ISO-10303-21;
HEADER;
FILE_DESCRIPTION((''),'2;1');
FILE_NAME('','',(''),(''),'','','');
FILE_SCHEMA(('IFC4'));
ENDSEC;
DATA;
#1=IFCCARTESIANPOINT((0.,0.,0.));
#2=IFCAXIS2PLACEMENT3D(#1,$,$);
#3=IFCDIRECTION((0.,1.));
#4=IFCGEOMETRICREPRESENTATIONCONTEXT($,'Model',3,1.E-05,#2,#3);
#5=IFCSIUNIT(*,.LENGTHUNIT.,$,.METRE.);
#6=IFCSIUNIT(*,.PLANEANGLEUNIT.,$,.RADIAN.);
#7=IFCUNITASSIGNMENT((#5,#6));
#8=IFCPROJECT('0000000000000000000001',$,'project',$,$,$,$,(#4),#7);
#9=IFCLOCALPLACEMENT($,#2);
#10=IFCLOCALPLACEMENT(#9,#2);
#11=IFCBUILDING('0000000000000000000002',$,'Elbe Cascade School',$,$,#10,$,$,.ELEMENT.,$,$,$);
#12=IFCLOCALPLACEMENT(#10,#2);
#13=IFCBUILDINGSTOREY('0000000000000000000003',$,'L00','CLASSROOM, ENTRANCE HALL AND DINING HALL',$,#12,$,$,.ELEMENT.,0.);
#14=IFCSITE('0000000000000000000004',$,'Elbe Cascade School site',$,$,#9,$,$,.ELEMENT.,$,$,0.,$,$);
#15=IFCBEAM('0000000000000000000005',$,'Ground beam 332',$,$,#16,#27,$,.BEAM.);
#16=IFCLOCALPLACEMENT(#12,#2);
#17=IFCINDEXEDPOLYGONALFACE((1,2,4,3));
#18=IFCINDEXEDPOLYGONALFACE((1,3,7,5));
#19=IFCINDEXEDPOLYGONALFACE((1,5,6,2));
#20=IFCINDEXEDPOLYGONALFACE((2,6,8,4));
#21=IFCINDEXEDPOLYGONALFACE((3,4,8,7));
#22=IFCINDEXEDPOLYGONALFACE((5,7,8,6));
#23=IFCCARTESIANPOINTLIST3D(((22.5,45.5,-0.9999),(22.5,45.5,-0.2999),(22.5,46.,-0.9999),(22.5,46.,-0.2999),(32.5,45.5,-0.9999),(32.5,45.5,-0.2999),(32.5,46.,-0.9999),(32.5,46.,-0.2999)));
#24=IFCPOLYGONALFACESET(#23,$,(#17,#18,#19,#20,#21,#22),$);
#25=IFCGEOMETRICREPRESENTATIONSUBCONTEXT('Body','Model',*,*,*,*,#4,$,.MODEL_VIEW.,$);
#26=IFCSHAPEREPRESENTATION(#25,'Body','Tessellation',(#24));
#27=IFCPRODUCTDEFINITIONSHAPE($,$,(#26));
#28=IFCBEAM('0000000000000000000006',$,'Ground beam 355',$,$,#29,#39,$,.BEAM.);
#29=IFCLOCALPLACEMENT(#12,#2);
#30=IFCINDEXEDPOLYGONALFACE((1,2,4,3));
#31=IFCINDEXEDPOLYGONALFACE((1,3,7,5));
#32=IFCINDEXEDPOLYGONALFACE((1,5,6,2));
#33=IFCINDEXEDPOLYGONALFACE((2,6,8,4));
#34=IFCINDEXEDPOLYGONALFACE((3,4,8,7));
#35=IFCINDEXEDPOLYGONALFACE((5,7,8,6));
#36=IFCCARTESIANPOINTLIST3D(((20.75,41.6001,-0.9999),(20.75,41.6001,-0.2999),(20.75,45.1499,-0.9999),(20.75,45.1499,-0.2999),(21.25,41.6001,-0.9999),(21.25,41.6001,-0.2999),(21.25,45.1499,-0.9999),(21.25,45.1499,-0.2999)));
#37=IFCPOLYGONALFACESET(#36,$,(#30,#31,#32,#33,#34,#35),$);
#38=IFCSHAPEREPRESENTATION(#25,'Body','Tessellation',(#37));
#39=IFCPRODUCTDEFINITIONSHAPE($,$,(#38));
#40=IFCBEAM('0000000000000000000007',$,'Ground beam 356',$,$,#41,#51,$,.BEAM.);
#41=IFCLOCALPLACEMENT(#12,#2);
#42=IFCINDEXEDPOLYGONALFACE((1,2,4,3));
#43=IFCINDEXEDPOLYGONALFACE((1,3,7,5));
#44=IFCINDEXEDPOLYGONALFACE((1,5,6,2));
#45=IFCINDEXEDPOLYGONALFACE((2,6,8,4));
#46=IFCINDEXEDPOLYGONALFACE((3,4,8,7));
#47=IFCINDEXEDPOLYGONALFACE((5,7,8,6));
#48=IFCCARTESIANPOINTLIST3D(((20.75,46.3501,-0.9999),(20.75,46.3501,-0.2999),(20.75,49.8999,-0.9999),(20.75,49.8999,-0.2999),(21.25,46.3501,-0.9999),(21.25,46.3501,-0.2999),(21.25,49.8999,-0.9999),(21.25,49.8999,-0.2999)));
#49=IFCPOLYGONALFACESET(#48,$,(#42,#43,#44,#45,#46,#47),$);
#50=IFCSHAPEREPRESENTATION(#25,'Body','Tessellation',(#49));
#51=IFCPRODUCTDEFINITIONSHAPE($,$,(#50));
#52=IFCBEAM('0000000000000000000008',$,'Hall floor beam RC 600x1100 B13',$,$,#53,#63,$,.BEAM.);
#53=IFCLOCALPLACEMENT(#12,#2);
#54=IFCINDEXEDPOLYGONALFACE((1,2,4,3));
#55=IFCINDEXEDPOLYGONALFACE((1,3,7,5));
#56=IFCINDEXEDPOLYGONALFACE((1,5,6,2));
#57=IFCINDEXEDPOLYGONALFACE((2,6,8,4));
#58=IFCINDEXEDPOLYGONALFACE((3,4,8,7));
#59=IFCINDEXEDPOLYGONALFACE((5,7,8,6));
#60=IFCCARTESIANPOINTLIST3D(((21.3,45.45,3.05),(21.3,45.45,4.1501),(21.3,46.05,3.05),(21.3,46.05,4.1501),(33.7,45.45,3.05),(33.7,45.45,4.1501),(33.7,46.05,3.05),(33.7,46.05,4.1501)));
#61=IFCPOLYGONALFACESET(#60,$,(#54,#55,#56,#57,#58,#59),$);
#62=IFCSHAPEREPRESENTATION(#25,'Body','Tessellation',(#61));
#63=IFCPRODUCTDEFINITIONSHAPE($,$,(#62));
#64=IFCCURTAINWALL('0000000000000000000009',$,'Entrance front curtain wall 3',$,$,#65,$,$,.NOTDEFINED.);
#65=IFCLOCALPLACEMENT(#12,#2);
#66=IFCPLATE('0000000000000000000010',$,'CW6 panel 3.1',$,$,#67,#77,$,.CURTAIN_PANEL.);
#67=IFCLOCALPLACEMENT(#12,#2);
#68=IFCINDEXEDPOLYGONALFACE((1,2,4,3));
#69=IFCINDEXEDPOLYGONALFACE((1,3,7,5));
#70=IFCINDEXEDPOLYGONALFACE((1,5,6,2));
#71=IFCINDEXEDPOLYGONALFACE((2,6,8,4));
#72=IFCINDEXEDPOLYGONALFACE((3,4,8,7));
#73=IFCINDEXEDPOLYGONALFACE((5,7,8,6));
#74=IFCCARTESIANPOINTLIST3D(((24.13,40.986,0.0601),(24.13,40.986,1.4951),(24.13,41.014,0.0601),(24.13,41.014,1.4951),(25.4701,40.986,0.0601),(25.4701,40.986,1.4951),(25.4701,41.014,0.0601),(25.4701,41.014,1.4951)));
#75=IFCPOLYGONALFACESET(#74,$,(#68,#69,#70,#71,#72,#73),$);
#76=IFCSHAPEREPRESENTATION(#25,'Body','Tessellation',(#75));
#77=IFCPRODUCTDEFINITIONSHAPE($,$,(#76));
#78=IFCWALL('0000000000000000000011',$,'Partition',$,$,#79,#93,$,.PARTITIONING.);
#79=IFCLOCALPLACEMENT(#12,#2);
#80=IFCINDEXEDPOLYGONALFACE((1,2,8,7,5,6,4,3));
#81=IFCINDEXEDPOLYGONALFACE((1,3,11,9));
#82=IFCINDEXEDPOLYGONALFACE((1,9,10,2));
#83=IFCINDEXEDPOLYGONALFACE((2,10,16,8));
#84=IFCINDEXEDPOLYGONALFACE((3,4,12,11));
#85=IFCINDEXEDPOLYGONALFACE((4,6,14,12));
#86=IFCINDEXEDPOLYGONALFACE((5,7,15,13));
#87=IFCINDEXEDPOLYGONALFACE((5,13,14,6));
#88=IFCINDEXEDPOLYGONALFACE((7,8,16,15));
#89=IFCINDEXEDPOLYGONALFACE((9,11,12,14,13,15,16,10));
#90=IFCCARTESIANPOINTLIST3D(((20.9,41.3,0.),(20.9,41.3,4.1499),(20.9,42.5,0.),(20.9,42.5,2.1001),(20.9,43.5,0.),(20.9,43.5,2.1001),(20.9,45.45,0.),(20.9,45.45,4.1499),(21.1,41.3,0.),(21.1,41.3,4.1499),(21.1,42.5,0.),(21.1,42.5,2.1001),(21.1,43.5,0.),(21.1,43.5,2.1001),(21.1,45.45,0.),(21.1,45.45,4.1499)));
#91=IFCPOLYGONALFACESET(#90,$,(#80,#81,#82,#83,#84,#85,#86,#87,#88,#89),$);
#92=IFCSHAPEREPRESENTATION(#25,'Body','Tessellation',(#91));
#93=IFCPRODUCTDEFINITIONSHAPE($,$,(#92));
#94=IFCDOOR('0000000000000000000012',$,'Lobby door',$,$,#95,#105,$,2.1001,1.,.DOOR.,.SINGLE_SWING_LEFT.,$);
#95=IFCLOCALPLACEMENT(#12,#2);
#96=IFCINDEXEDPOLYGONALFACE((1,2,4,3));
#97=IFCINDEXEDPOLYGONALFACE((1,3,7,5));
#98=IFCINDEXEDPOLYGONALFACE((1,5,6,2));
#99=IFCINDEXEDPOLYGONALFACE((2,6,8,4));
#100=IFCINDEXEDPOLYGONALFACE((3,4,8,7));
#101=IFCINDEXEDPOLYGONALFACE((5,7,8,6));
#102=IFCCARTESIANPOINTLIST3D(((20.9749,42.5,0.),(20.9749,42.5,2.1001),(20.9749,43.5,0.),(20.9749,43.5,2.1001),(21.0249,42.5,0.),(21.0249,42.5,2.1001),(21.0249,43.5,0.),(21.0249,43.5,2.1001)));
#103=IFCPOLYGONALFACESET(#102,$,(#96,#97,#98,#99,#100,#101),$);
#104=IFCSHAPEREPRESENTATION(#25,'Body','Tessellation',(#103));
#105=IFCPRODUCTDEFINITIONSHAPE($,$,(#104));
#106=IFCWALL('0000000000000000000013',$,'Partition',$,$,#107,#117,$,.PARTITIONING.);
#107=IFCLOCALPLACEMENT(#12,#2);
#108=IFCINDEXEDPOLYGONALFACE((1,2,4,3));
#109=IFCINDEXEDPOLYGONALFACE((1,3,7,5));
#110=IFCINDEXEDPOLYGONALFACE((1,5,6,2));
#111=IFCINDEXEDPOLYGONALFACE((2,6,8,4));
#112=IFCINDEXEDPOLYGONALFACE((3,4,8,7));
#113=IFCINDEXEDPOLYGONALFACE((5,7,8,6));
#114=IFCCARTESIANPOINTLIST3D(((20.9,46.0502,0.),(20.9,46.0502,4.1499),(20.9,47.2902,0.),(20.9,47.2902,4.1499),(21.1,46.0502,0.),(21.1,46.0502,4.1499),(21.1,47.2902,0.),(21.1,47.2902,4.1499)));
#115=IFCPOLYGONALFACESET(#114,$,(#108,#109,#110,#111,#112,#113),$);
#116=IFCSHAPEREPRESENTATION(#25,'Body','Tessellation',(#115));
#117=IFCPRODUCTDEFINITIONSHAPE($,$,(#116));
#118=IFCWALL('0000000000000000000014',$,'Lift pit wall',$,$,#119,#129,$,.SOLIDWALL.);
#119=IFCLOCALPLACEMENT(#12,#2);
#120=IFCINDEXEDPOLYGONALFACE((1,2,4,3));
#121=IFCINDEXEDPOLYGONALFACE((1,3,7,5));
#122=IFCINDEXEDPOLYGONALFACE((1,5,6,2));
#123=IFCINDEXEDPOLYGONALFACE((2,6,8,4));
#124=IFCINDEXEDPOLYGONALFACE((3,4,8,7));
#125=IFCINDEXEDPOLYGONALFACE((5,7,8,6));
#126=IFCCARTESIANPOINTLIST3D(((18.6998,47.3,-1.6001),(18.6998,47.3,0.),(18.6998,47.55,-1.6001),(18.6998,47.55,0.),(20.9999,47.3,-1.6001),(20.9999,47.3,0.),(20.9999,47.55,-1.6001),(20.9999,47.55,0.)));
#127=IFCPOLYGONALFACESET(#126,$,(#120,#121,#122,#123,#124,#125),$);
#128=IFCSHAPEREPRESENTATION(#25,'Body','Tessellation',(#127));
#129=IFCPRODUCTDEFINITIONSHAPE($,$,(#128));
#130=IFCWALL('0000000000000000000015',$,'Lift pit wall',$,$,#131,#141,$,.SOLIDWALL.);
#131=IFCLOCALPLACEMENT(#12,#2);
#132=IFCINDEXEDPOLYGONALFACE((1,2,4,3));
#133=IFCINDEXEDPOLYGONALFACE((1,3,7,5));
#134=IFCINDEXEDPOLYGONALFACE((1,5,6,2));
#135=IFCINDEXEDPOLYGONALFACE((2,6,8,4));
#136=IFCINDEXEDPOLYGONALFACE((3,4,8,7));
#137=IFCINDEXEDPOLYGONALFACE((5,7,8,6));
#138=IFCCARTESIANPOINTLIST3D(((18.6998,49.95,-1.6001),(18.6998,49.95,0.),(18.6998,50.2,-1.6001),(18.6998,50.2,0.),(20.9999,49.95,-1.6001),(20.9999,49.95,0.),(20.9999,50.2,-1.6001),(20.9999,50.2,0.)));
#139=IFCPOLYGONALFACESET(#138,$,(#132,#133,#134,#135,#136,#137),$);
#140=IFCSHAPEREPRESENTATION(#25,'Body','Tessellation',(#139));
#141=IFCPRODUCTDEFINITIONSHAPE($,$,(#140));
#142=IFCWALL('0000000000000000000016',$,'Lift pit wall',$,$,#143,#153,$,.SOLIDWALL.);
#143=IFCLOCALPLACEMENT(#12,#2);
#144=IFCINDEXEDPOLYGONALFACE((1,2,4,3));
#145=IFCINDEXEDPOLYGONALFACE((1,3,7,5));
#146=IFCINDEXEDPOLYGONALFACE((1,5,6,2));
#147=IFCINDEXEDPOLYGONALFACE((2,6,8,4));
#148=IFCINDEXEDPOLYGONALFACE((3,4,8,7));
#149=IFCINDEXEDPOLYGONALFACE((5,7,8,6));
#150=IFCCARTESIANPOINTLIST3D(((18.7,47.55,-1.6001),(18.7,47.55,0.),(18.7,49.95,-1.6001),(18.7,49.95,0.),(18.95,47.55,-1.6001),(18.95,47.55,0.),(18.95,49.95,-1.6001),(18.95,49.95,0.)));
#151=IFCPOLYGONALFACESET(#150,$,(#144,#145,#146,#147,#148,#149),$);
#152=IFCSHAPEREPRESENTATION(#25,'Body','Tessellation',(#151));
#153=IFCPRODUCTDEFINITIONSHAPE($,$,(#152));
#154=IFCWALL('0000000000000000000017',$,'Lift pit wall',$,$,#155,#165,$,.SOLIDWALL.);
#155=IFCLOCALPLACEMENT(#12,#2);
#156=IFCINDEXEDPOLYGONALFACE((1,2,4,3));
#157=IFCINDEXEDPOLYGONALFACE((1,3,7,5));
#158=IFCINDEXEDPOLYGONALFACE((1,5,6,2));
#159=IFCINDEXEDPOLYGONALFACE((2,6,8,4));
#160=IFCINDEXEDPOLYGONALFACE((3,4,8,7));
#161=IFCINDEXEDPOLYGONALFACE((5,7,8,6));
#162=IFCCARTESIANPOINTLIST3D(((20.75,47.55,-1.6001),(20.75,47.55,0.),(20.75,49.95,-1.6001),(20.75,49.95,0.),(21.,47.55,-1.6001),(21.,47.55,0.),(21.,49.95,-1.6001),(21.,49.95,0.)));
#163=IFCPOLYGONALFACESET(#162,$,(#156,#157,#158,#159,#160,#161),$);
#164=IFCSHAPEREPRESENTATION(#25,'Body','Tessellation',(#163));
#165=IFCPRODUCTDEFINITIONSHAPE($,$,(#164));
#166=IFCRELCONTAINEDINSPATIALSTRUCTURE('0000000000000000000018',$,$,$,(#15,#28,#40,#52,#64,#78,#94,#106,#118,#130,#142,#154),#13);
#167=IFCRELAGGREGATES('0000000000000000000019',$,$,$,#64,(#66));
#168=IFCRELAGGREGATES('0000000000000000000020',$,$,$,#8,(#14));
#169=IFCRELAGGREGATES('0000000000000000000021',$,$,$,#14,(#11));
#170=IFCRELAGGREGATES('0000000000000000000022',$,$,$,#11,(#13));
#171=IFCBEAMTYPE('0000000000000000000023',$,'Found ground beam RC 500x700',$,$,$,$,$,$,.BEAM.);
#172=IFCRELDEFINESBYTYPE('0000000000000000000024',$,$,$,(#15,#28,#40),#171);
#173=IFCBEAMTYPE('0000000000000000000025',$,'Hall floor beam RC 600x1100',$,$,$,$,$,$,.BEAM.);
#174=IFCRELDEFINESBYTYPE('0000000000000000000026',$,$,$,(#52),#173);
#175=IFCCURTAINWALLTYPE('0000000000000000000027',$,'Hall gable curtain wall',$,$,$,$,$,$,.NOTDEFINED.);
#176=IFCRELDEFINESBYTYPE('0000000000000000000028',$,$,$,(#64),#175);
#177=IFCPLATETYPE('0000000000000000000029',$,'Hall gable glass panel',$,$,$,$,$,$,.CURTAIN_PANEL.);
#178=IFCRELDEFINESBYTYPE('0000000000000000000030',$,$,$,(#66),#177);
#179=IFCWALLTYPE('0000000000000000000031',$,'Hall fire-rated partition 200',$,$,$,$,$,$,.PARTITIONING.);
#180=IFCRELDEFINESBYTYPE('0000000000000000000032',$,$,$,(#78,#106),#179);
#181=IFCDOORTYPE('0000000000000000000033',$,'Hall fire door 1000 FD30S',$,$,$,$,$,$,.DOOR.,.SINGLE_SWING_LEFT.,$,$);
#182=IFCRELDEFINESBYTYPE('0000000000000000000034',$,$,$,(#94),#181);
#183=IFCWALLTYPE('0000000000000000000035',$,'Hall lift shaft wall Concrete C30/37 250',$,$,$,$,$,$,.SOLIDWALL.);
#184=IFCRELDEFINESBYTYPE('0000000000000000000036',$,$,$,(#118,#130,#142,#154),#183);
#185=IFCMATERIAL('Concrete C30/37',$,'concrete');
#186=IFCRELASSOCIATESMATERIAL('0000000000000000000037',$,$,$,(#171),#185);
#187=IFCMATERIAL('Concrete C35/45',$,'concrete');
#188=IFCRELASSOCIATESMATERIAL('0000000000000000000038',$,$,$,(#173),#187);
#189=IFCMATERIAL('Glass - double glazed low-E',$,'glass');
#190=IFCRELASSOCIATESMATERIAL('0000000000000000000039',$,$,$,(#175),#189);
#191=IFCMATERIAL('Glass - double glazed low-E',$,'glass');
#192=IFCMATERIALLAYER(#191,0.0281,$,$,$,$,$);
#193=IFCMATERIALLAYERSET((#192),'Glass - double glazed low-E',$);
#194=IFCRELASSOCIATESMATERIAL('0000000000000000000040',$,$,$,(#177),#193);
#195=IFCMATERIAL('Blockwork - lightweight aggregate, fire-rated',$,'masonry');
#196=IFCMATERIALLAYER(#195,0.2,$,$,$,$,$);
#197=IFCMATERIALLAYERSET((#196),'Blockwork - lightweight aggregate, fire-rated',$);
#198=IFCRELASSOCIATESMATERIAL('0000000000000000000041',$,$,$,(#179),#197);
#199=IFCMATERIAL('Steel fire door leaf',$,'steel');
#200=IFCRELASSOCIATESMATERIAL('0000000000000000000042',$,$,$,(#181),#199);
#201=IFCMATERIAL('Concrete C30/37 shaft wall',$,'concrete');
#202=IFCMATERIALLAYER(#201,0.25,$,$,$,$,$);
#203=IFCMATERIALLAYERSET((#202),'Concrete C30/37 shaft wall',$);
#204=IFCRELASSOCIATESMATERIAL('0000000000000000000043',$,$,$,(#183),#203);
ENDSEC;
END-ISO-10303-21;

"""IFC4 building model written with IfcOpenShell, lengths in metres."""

from ifc_helpers import new_model, si_unit, direction, frame, frame_2d, origin, origin_2d, place, context, subcontext, project, spatial, rectangle, extrude, material, layer, layer_set, material_profile, profile_set, type_object, element, fill, aggregate, save


model = new_model("IFC4")

# Units and contexts
model_context = context("Model", 3, precision=1e-05, world=origin(), true_north=direction((0.0, 1.0)))
body_context = subcontext(model_context, "Body", "Model", "MODEL_VIEW")
ifc_project = project(units=[si_unit("LENGTHUNIT", "METRE"), si_unit("PLANEANGLEUNIT", "RADIAN")], contexts=[model_context])

# Site, building, storey
site_placement = place(None, origin())
site = spatial("IfcSite", under=ifc_project, at=site_placement, Name="Elbe Cascade School site", CompositionType="ELEMENT", RefElevation=0.0)
building_placement = place(site_placement, origin())
building = spatial("IfcBuilding", under=site, at=building_placement, Name="Elbe Cascade School", CompositionType="ELEMENT")
storey_placement = place(building_placement, origin())
storey = spatial("IfcBuildingStorey", under=building, at=storey_placement, Name="L00", Description="CLASSROOM, ENTRANCE HALL AND DINING HALL", CompositionType="ELEMENT", Elevation=0.0)

# Beams
ifc_material_1 = material(Name="Concrete C30/37", Category="concrete")
ifc_material_profile_1 = material_profile(ifc_material_1, rectangle(XDim=0.5, YDim=0.7, at=origin_2d()), Name="RC 500x700")
ifc_profile_set_1 = profile_set([ifc_material_profile_1], Name="Concrete C30/37")
beam_type_1 = type_object("IfcBeamType", Name="Found ground beam RC 500x700", PredefinedType="BEAM", material=ifc_profile_set_1)
beam_1_placement = place(storey_placement, frame((22.5, 45.75, -0.6499), z_axis=(1.0, 0.0, 0.0), x_axis=(0.0, 1.0, 0.0)))
element("IfcBeam", 1, at=beam_1_placement, inside=storey, type_object=beam_type_1, Name="Ground beam 332", PredefinedType="BEAM", context=body_context, shape_type="SweptSolid", body=[
    extrude(rectangle(XDim=0.5, YDim=0.7, at=origin_2d()), origin(), (0.0, 0.0, 1.0), 10.0),
])
for number, where, z_axis, x_axis, name in (
    (2, (21.0, 41.6001, -0.6499), (0.0, 1.0, 0.0), (-1.0, 0.0, 0.0), "Ground beam 355"),
    (3, (21.0, 46.3501, -0.6499), (0.0, 1.0, 0.0), (-1.0, 0.0, 0.0), "Ground beam 356"),
):
    element("IfcBeam", number, at=place(storey_placement, frame(where, z_axis=z_axis, x_axis=x_axis)), inside=storey, type_object=beam_type_1, Name=name, PredefinedType="BEAM", context=body_context, shape_type="SweptSolid", body=[
        extrude(rectangle(XDim=0.5, YDim=0.7, at=origin_2d()), origin(), (0.0, 0.0, 1.0), 3.5498),
    ])
ifc_material_2 = material(Name="Concrete C35/45", Category="concrete")
ifc_material_profile_2 = material_profile(ifc_material_2, rectangle(XDim=0.6001, YDim=1.1001, at=origin_2d()), Name="RC 600x1100")
ifc_profile_set_2 = profile_set([ifc_material_profile_2], Name="Concrete C35/45")
beam_type_2 = type_object("IfcBeamType", Name="Hall floor beam RC 600x1100", PredefinedType="BEAM", material=ifc_profile_set_2)
beam_2_placement = place(storey_placement, frame((21.3, 45.75, 3.6001), z_axis=(1.0, 0.0, 0.0), x_axis=(0.0, 1.0, 0.0)))
element("IfcBeam", 4, at=beam_2_placement, inside=storey, type_object=beam_type_2, Name="Hall floor beam RC 600x1100 B13", PredefinedType="BEAM", context=body_context, shape_type="SweptSolid", body=[
    extrude(rectangle(XDim=0.6001, YDim=1.1001, at=origin_2d()), origin(), (0.0, 0.0, 1.0), 12.3999),
])

# Curtain wall, plate
ifc_material_3 = material(Name="Glass - double glazed low-E", Category="glass")
curtain_wall_type = type_object("IfcCurtainWallType", Name="Hall gable curtain wall", PredefinedType="NOTDEFINED", material=ifc_material_3)
curtain_wall_placement = place(storey_placement, origin())
curtain_wall = element("IfcCurtainWall", 5, at=curtain_wall_placement, inside=storey, type_object=curtain_wall_type, Name="Entrance front curtain wall 3", PredefinedType="NOTDEFINED")
ifc_material_4 = material(Name="Glass - double glazed low-E", Category="glass")
ifc_layer_1 = layer(ifc_material_4, 0.0281)
ifc_layer_set_1 = layer_set([ifc_layer_1], Name="Glass - double glazed low-E")
plate_type = type_object("IfcPlateType", Name="Hall gable glass panel", PredefinedType="CURTAIN_PANEL", material=ifc_layer_set_1)
plate_placement = place(storey_placement, frame((24.8, 41.0, 0.0601), z_axis=(0.0, 0.0, 1.0), x_axis=(1.0, 0.0, 0.0)))
plate = element("IfcPlate", 6, at=plate_placement, type_object=plate_type, Name="CW6 panel 3.1", PredefinedType="CURTAIN_PANEL", context=body_context, shape_type="SweptSolid", body=[
    extrude(rectangle(XDim=1.3401, YDim=0.0281, at=origin_2d()), origin(), (0.0, 0.0, 1.0), 1.4351),
])
aggregate(curtain_wall, [plate])

# Wall, opening, door
ifc_material_5 = material(Name="Blockwork - lightweight aggregate, fire-rated", Category="masonry")
ifc_layer_2 = layer(ifc_material_5, 0.2)
ifc_layer_set_2 = layer_set([ifc_layer_2], Name="Blockwork - lightweight aggregate, fire-rated")
wall_type_1 = type_object("IfcWallType", Name="Hall fire-rated partition 200", PredefinedType="PARTITIONING", material=ifc_layer_set_2)
wall_1_placement = place(storey_placement, frame((21.0, 41.3, 0.0), z_axis=(0.0, 0.0, 1.0), x_axis=(0.0, 1.0, 0.0)))
wall_1 = element("IfcWall", 7, at=wall_1_placement, inside=storey, type_object=wall_type_1, Name="Partition", PredefinedType="PARTITIONING", context=body_context, shape_type="SweptSolid", body=[
    extrude(rectangle(XDim=4.1499, YDim=0.2, at=frame_2d((2.075, 0.0))), origin(), (0.0, 0.0, 1.0), 4.1499),
])
opening_1_placement = place(wall_1_placement, frame((1.2, 0.0, 0.0)))
opening_1 = element("IfcOpeningElement", 8, at=opening_1_placement, cuts=wall_1, PredefinedType="OPENING", context=body_context, shape_type="SweptSolid", body=[
    extrude(rectangle(XDim=1.0, YDim=2.1001, at=frame_2d((0.5, 1.05))), frame((0.0, 0.1099, 0.0), z_axis=(0.0, -1.0, 0.0), x_axis=(1.0, 0.0, 0.0)), (0.0, 0.0, 1.0), 0.22),
])
ifc_material_6 = material(Name="Steel fire door leaf", Category="steel")
door_type_1 = type_object("IfcDoorType", Name="Hall fire door 1000 FD30S", OperationType="SINGLE_SWING_LEFT", PredefinedType="DOOR", material=ifc_material_6)
door_1_placement = place(opening_1_placement, frame((1.0, 0.0, 0.0), z_axis=(0.0, 0.0, 1.0), x_axis=(-1.0, 0.0, 0.0)))
door_1 = element("IfcDoor", 9, at=door_1_placement, inside=storey, type_object=door_type_1, Name="Lobby door", OperationType="SINGLE_SWING_LEFT", OverallHeight=2.1001, OverallWidth=1.0, PredefinedType="DOOR", context=body_context, shape_type="SweptSolid", body=[
    extrude(rectangle(XDim=1.0, YDim=2.1001, at=frame_2d((0.5, 1.05))), frame((0.0, 0.0249, 0.0), z_axis=(0.0, -1.0, 0.0), x_axis=(1.0, 0.0, 0.0)), (0.0, 0.0, 1.0), 0.05),
])
fill(opening_1, door_1)

# Walls
wall_2_placement = place(storey_placement, frame((21.0, 46.05, 0.0), z_axis=(0.0, 0.0, 1.0), x_axis=(0.0, 1.0, 0.0)))
element("IfcWall", 10, at=wall_2_placement, inside=storey, type_object=wall_type_1, Name="Partition", PredefinedType="PARTITIONING", context=body_context, shape_type="SweptSolid", body=[
    extrude(rectangle(XDim=1.24, YDim=0.2, at=frame_2d((0.6201, 0.0))), origin(), (0.0, 0.0, 1.0), 4.1499),
])
ifc_material_7 = material(Name="Concrete C30/37 shaft wall", Category="concrete")
ifc_layer_3 = layer(ifc_material_7, 0.25)
ifc_layer_set_3 = layer_set([ifc_layer_3], Name="Concrete C30/37 shaft wall")
wall_type_2 = type_object("IfcWallType", Name="Hall lift shaft wall Concrete C30/37 250", PredefinedType="SOLIDWALL", material=ifc_layer_set_3)
for number, where, z_axis, x_axis, name in (
    (11, (18.7, 47.425, -1.6001), (0.0, 0.0, 1.0), (1.0, 0.0, 0.0), "Lift pit wall"),
    (12, (18.7, 50.075, -1.6001), (0.0, 0.0, 1.0), (1.0, 0.0, 0.0), "Lift pit wall"),
):
    element("IfcWall", number, at=place(storey_placement, frame(where, z_axis=z_axis, x_axis=x_axis)), inside=storey, type_object=wall_type_2, Name=name, PredefinedType="SOLIDWALL", context=body_context, shape_type="SweptSolid", body=[
        extrude(rectangle(XDim=2.3, YDim=0.25, at=frame_2d((1.1499, 0.0))), origin(), (0.0, 0.0, 1.0), 1.6001),
    ])
for number, where, z_axis, x_axis, name in (
    (13, (18.825, 47.55, -1.6001), (0.0, 0.0, 1.0), (0.0, 1.0, 0.0), "Lift pit wall"),
    (14, (20.875, 47.55, -1.6001), (0.0, 0.0, 1.0), (0.0, 1.0, 0.0), "Lift pit wall"),
):
    element("IfcWall", number, at=place(storey_placement, frame(where, z_axis=z_axis, x_axis=x_axis)), inside=storey, type_object=wall_type_2, Name=name, PredefinedType="SOLIDWALL", context=body_context, shape_type="SweptSolid", body=[
        extrude(rectangle(XDim=2.3999, YDim=0.25, at=frame_2d((1.2, 0.0))), origin(), (0.0, 0.0, 1.0), 1.6001),
    ])

save(model, "model.ifc")
